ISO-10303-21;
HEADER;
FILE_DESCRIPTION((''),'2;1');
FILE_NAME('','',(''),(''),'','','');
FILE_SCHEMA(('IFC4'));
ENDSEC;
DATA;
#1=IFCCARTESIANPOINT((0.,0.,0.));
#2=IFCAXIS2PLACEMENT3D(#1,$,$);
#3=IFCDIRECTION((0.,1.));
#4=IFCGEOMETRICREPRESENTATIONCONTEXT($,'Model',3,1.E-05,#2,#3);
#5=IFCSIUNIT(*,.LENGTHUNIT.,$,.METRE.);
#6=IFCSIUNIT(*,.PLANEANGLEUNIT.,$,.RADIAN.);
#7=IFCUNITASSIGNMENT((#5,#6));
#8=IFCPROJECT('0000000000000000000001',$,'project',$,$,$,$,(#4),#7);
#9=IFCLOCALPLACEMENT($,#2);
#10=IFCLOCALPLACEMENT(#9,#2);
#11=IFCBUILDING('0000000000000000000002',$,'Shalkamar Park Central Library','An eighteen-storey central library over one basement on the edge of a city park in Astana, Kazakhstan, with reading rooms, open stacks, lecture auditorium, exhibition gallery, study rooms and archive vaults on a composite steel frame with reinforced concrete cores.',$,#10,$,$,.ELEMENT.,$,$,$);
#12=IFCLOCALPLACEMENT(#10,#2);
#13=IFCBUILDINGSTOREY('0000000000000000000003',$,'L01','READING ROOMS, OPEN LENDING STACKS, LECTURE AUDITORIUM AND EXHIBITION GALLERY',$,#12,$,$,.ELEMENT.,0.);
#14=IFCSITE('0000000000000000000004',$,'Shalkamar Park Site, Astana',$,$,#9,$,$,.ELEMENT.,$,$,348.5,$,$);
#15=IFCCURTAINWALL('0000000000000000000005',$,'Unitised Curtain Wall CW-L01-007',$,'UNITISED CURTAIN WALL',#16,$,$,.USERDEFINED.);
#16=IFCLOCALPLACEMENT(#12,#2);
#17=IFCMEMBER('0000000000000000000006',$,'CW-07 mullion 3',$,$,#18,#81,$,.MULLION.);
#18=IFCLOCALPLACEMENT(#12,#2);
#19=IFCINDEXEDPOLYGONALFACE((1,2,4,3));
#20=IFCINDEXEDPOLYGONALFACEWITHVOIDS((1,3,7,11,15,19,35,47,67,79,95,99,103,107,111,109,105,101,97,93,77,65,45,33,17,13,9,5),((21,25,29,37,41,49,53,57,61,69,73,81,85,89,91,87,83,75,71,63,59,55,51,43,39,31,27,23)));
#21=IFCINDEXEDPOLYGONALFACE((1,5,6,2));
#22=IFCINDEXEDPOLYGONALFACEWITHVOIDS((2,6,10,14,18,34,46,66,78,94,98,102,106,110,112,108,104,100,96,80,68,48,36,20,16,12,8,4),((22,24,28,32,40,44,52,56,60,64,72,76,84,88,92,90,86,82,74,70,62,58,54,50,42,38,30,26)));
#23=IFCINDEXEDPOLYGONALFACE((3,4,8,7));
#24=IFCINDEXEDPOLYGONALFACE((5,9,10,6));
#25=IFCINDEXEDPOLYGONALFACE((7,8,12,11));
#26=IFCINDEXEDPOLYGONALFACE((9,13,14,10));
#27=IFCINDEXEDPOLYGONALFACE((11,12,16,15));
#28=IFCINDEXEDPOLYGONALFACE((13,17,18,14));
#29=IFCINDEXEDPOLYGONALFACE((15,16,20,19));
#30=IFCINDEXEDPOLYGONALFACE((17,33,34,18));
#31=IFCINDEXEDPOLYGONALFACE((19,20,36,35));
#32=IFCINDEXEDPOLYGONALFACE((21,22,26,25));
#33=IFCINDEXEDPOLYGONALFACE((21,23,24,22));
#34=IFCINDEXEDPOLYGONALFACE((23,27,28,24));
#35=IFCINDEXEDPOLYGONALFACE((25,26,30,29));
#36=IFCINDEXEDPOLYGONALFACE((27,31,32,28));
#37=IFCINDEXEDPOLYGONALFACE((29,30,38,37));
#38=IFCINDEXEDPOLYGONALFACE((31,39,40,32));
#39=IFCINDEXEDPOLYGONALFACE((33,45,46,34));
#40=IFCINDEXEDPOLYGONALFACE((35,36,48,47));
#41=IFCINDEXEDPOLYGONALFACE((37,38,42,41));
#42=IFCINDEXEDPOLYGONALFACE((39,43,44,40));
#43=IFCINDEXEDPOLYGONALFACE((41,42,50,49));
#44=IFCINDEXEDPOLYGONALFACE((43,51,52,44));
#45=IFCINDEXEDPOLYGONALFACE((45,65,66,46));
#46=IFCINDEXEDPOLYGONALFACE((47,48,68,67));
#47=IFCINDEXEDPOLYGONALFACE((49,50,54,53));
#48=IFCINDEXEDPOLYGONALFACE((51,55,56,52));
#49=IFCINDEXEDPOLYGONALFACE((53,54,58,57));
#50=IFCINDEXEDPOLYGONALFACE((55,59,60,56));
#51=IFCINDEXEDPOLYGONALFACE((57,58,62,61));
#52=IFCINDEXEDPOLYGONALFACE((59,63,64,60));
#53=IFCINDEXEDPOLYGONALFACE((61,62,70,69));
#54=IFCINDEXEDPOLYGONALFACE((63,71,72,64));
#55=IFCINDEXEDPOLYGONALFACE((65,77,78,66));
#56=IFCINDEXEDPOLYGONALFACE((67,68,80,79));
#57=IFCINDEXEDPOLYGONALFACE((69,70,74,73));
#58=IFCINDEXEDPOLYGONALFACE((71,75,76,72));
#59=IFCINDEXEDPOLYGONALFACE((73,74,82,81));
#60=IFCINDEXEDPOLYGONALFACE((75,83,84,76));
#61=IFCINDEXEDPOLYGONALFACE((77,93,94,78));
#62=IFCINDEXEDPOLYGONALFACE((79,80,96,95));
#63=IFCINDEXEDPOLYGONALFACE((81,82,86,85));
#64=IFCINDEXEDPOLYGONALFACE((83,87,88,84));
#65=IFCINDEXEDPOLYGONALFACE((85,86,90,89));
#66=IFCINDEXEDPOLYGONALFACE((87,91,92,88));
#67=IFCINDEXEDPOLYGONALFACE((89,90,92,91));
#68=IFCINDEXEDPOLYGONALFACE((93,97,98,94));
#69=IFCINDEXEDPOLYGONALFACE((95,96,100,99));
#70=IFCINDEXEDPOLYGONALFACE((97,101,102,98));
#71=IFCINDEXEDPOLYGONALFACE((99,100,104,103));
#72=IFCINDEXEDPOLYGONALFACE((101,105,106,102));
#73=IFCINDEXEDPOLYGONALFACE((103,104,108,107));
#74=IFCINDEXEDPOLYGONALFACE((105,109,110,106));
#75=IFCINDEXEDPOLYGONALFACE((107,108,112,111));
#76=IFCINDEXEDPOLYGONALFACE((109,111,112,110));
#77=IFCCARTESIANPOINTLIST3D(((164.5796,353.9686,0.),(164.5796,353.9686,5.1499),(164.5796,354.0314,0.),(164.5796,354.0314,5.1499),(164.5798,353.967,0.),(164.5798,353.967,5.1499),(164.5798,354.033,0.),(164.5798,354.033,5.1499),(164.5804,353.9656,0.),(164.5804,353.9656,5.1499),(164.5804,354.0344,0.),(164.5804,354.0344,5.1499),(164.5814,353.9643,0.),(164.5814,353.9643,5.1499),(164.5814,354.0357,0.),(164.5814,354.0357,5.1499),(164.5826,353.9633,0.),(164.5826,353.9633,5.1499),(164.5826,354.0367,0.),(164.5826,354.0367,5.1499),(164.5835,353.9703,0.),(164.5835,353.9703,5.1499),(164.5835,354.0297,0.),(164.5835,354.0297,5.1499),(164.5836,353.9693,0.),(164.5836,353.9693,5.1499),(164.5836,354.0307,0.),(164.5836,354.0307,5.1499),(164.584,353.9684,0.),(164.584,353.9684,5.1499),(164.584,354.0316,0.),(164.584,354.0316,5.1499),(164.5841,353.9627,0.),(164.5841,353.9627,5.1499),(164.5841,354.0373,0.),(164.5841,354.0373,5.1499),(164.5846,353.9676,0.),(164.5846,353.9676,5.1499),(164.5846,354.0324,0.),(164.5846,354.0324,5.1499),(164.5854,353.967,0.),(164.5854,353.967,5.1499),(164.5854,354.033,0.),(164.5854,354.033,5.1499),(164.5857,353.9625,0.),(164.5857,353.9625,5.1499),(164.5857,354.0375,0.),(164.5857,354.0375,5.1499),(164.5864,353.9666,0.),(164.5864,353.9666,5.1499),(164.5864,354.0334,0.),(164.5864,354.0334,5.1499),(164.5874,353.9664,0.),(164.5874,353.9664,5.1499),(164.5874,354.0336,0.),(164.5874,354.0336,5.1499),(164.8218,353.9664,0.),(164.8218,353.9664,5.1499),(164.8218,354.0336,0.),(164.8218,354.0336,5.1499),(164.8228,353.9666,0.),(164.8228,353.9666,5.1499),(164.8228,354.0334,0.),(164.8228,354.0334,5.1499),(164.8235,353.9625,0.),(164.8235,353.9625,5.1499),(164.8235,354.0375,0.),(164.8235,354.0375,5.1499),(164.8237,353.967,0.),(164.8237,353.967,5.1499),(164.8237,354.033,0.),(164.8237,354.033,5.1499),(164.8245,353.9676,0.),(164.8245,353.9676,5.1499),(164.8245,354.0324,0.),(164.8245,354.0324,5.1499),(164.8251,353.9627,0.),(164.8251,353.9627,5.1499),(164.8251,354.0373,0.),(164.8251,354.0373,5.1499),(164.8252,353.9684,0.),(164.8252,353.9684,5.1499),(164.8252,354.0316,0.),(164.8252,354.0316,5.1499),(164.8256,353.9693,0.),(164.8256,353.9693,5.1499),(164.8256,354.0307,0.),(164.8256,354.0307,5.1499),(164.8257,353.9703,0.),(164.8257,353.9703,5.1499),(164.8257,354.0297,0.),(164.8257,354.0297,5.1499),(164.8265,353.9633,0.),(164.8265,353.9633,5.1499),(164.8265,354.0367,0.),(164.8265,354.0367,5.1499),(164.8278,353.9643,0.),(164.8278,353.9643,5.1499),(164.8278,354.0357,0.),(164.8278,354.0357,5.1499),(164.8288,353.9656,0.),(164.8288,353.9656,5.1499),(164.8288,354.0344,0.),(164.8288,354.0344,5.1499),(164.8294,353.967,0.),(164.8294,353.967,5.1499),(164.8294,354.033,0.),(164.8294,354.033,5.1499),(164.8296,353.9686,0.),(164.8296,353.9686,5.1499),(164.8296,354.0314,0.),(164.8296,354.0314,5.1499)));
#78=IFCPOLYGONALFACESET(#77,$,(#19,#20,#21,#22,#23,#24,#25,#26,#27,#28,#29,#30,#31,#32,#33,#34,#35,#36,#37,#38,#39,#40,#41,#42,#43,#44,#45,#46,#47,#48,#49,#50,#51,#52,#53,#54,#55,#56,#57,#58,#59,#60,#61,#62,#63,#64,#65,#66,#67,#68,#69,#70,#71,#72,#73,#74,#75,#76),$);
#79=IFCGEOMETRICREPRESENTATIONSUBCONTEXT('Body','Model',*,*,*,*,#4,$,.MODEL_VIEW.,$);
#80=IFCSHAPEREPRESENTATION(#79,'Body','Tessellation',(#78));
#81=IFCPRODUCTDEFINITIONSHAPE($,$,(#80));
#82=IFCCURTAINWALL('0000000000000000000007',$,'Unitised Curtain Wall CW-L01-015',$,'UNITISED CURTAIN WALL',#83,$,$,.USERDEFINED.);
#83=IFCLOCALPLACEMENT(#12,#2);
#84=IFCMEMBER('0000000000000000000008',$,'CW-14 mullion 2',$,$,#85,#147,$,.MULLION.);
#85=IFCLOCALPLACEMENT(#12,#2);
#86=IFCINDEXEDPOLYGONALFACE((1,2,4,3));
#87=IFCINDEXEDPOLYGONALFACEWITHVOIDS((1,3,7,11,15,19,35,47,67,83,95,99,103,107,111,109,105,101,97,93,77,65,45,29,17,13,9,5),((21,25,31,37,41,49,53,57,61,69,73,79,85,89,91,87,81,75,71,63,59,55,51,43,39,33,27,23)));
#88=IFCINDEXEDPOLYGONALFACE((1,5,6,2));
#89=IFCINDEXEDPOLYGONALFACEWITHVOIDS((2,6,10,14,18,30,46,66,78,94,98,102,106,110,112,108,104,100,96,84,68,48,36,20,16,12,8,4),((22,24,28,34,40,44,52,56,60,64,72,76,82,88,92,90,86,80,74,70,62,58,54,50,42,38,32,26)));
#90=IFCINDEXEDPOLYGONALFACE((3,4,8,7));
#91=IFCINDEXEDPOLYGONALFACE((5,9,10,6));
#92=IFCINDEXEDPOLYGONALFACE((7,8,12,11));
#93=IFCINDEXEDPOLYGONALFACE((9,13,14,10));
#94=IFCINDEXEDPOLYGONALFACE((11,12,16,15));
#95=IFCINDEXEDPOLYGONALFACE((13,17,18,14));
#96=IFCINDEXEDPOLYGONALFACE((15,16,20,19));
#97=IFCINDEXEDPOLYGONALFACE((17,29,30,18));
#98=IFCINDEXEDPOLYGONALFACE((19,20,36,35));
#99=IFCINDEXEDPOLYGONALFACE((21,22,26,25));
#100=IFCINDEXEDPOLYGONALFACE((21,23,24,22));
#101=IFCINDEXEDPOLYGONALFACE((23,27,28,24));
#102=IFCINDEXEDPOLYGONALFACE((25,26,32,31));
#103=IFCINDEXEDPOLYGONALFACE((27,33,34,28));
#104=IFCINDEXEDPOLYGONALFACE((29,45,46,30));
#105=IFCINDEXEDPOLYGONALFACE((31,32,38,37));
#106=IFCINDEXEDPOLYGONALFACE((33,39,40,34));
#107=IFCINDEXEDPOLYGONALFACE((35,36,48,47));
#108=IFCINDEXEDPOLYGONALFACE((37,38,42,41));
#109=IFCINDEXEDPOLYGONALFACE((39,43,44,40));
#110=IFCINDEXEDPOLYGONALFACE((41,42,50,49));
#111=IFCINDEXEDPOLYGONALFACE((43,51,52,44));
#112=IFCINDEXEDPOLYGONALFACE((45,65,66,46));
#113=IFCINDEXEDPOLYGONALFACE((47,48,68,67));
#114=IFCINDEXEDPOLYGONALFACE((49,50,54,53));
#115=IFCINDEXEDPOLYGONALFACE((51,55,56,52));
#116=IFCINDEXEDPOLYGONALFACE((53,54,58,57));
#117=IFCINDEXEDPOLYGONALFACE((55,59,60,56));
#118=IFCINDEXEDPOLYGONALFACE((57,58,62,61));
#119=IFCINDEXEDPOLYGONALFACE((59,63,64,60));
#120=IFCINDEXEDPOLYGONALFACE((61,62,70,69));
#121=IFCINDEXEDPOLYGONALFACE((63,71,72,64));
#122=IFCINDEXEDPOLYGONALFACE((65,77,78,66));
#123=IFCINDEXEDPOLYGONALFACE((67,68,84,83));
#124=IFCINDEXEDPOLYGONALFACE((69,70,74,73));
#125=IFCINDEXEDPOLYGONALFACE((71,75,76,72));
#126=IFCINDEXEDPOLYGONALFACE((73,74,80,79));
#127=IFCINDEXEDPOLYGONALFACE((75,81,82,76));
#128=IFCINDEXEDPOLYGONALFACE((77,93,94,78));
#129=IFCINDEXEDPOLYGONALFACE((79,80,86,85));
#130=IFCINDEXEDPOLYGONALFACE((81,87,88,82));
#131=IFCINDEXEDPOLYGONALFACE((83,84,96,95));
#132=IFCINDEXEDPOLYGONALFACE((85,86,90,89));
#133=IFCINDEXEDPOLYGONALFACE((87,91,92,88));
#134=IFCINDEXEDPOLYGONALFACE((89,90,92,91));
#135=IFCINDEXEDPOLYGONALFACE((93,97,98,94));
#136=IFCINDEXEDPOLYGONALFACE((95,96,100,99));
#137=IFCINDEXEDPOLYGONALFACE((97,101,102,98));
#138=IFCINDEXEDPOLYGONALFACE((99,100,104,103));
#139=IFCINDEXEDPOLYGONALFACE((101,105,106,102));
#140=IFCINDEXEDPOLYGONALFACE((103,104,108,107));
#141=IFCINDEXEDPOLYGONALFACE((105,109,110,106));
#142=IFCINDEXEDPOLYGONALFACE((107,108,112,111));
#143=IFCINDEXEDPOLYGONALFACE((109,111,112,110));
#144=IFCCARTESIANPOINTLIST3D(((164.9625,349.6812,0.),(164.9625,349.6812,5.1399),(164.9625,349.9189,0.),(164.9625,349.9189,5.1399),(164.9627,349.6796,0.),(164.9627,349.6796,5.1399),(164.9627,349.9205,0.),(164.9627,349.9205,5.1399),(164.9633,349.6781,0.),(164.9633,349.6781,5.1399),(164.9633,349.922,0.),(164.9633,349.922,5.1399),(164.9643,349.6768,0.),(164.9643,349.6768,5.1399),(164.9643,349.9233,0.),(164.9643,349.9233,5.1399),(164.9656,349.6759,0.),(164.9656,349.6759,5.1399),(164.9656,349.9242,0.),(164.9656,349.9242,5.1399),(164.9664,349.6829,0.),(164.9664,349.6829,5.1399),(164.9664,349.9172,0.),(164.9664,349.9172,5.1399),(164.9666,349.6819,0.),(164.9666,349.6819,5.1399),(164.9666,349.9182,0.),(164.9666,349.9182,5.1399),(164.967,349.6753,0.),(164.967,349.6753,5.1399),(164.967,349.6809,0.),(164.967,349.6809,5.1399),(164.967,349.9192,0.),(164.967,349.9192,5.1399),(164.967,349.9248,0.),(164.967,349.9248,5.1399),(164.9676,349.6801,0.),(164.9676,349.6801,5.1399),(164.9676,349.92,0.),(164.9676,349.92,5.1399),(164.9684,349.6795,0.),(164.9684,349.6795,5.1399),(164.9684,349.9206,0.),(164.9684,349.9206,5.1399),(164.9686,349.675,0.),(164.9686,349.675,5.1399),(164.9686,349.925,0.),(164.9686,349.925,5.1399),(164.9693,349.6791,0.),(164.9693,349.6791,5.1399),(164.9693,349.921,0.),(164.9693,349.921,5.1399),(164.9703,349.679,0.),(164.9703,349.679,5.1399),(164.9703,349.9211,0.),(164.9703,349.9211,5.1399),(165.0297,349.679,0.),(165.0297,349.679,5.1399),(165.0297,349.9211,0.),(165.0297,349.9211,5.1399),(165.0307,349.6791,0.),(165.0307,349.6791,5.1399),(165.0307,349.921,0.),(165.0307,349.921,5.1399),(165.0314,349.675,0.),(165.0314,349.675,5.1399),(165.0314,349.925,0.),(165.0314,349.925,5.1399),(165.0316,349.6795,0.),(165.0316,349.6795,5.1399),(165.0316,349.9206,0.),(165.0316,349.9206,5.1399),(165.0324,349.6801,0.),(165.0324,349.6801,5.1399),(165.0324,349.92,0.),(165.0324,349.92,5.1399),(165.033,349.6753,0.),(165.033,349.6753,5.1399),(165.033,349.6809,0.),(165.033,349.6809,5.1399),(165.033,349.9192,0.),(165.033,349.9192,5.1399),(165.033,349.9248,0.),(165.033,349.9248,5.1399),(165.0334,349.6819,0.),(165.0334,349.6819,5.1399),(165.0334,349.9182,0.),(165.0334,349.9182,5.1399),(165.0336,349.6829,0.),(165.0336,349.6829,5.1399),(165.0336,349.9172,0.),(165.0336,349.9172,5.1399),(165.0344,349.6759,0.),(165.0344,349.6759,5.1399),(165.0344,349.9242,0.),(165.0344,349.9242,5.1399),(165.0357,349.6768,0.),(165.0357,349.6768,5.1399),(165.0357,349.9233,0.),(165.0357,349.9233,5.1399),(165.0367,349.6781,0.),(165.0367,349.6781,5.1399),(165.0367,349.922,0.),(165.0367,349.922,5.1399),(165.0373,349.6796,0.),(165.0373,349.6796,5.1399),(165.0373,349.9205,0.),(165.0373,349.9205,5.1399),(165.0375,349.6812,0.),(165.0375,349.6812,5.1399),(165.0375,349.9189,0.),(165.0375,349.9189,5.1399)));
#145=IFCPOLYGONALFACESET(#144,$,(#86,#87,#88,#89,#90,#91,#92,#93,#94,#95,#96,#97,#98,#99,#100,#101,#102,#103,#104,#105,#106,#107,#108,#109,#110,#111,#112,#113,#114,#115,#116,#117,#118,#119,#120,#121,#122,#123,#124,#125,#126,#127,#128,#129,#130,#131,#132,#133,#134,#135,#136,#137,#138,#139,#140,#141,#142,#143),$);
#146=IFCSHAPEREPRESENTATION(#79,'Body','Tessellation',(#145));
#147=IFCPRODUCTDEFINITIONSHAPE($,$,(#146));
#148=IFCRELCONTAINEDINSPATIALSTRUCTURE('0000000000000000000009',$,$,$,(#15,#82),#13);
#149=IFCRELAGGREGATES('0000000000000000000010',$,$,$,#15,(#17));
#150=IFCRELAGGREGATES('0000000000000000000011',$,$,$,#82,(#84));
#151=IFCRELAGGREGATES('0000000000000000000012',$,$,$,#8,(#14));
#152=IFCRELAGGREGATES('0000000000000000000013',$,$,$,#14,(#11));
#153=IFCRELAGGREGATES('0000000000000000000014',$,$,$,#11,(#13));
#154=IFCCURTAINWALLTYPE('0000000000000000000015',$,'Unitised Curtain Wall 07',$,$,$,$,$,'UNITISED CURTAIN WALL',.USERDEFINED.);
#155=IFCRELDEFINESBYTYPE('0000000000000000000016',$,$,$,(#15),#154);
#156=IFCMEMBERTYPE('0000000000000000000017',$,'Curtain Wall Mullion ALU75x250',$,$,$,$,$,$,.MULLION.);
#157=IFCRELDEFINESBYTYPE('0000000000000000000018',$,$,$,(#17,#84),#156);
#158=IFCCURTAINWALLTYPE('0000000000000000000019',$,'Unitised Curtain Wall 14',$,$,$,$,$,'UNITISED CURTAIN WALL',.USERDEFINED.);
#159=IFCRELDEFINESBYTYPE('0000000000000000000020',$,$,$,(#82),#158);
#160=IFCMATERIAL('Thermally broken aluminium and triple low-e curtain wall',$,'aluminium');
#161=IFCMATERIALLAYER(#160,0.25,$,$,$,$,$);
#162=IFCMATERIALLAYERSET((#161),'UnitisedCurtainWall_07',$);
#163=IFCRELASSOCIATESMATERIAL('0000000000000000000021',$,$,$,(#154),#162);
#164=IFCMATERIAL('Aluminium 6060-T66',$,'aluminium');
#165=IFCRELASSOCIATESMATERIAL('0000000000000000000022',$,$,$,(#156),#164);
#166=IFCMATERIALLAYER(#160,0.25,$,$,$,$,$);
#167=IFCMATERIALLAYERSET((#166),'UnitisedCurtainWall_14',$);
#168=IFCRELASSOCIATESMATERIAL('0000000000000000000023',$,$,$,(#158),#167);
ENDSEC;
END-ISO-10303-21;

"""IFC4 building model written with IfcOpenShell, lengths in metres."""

from ifc_helpers import new_model, si_unit, direction, frame, origin, origin_2d, place, context, subcontext, project, spatial, hollow_rectangle, extrude, material, layer, layer_set, material_profile, profile_set, type_object, element, aggregate, save


model = new_model("IFC4")

# Units and contexts
model_context = context("Model", 3, precision=1e-05, world=origin(), true_north=direction((0.0, 1.0)))
body_context = subcontext(model_context, "Body", "Model", "MODEL_VIEW")
ifc_project = project(units=[si_unit("LENGTHUNIT", "METRE"), si_unit("PLANEANGLEUNIT", "RADIAN")], contexts=[model_context])

# Site, building, storey
site_placement = place(None, origin())
site = spatial("IfcSite", under=ifc_project, at=site_placement, Name="Shalkamar Park Site, Astana", CompositionType="ELEMENT", RefElevation=348.5)
building_placement = place(site_placement, origin())
building = spatial("IfcBuilding", under=site, at=building_placement, Name="Shalkamar Park Central Library", Description="An eighteen-storey central library over one basement on the edge of a city park in Astana, Kazakhstan, with reading rooms, open stacks, lecture auditorium, exhibition gallery, study rooms and archive vaults on a composite steel frame with reinforced concrete cores.", CompositionType="ELEMENT")
storey_placement = place(building_placement, origin())
storey = spatial("IfcBuildingStorey", under=building, at=storey_placement, Name="L01", Description="READING ROOMS, OPEN LENDING STACKS, LECTURE AUDITORIUM AND EXHIBITION GALLERY", CompositionType="ELEMENT", Elevation=0.0)

# Curtain walls, members
ifc_material_1 = material(Name="Thermally broken aluminium and triple low-e curtain wall", Category="aluminium")
ifc_layer_1 = layer(ifc_material_1, 0.25)
ifc_layer_set_1 = layer_set([ifc_layer_1], Name="UnitisedCurtainWall_07")
curtain_wall_type_1 = type_object("IfcCurtainWallType", Name="Unitised Curtain Wall 07", ElementType="UNITISED CURTAIN WALL", PredefinedType="USERDEFINED", material=ifc_layer_set_1)
curtain_wall_1_placement = place(storey_placement, origin())
curtain_wall_1 = element("IfcCurtainWall", 1, at=curtain_wall_1_placement, inside=storey, type_object=curtain_wall_type_1, Name="Unitised Curtain Wall CW-L01-007", ObjectType="UNITISED CURTAIN WALL", PredefinedType="USERDEFINED")
ifc_material_2 = material(Name="Aluminium 6060-T66", Category="aluminium")
ifc_material_profile_1 = material_profile(ifc_material_2, hollow_rectangle(XDim=0.075, YDim=0.25, WallThickness=0.0039, InnerFilletRadius=0.0039, OuterFilletRadius=0.0061, at=origin_2d()), Name="ALU 75x250x4")
ifc_profile_set_1 = profile_set([ifc_material_profile_1], Name="Aluminium 6060-T66")
member_type_1 = type_object("IfcMemberType", Name="Curtain Wall Mullion ALU75x250", PredefinedType="MULLION", material=ifc_profile_set_1)
member_1_placement = place(storey_placement, frame((164.7046, 354.0, 0.0), z_axis=(0.0, 0.0, 1.0), x_axis=(0.0, 1.0, 0.0)))
member_1 = element("IfcMember", 2, at=member_1_placement, type_object=member_type_1, Name="CW-07 mullion 3", PredefinedType="MULLION", context=body_context, shape_type="SweptSolid", body=[
    extrude(hollow_rectangle(XDim=0.075, YDim=0.25, WallThickness=0.0039, InnerFilletRadius=0.0039, OuterFilletRadius=0.0061, at=origin_2d()), origin(), (0.0, 0.0, 1.0), 5.1499),
])
ifc_layer_2 = layer(ifc_material_1, 0.25)
ifc_layer_set_2 = layer_set([ifc_layer_2], Name="UnitisedCurtainWall_14")
curtain_wall_type_2 = type_object("IfcCurtainWallType", Name="Unitised Curtain Wall 14", ElementType="UNITISED CURTAIN WALL", PredefinedType="USERDEFINED", material=ifc_layer_set_2)
curtain_wall_2_placement = place(storey_placement, origin())
curtain_wall_2 = element("IfcCurtainWall", 3, at=curtain_wall_2_placement, inside=storey, type_object=curtain_wall_type_2, Name="Unitised Curtain Wall CW-L01-015", ObjectType="UNITISED CURTAIN WALL", PredefinedType="USERDEFINED")
member_2_placement = place(storey_placement, frame((165.0, 349.8, 0.0), z_axis=(0.0, 0.0, 1.0), x_axis=(-1.0, 0.0, 0.0)))
member_2 = element("IfcMember", 4, at=member_2_placement, type_object=member_type_1, Name="CW-14 mullion 2", PredefinedType="MULLION", context=body_context, shape_type="SweptSolid", body=[
    extrude(hollow_rectangle(XDim=0.075, YDim=0.25, WallThickness=0.0039, InnerFilletRadius=0.0039, OuterFilletRadius=0.0061, at=origin_2d()), origin(), (0.0, 0.0, 1.0), 5.1399),
])

aggregate(curtain_wall_1, [member_1])
aggregate(curtain_wall_2, [member_2])

save(model, "model.ifc")
